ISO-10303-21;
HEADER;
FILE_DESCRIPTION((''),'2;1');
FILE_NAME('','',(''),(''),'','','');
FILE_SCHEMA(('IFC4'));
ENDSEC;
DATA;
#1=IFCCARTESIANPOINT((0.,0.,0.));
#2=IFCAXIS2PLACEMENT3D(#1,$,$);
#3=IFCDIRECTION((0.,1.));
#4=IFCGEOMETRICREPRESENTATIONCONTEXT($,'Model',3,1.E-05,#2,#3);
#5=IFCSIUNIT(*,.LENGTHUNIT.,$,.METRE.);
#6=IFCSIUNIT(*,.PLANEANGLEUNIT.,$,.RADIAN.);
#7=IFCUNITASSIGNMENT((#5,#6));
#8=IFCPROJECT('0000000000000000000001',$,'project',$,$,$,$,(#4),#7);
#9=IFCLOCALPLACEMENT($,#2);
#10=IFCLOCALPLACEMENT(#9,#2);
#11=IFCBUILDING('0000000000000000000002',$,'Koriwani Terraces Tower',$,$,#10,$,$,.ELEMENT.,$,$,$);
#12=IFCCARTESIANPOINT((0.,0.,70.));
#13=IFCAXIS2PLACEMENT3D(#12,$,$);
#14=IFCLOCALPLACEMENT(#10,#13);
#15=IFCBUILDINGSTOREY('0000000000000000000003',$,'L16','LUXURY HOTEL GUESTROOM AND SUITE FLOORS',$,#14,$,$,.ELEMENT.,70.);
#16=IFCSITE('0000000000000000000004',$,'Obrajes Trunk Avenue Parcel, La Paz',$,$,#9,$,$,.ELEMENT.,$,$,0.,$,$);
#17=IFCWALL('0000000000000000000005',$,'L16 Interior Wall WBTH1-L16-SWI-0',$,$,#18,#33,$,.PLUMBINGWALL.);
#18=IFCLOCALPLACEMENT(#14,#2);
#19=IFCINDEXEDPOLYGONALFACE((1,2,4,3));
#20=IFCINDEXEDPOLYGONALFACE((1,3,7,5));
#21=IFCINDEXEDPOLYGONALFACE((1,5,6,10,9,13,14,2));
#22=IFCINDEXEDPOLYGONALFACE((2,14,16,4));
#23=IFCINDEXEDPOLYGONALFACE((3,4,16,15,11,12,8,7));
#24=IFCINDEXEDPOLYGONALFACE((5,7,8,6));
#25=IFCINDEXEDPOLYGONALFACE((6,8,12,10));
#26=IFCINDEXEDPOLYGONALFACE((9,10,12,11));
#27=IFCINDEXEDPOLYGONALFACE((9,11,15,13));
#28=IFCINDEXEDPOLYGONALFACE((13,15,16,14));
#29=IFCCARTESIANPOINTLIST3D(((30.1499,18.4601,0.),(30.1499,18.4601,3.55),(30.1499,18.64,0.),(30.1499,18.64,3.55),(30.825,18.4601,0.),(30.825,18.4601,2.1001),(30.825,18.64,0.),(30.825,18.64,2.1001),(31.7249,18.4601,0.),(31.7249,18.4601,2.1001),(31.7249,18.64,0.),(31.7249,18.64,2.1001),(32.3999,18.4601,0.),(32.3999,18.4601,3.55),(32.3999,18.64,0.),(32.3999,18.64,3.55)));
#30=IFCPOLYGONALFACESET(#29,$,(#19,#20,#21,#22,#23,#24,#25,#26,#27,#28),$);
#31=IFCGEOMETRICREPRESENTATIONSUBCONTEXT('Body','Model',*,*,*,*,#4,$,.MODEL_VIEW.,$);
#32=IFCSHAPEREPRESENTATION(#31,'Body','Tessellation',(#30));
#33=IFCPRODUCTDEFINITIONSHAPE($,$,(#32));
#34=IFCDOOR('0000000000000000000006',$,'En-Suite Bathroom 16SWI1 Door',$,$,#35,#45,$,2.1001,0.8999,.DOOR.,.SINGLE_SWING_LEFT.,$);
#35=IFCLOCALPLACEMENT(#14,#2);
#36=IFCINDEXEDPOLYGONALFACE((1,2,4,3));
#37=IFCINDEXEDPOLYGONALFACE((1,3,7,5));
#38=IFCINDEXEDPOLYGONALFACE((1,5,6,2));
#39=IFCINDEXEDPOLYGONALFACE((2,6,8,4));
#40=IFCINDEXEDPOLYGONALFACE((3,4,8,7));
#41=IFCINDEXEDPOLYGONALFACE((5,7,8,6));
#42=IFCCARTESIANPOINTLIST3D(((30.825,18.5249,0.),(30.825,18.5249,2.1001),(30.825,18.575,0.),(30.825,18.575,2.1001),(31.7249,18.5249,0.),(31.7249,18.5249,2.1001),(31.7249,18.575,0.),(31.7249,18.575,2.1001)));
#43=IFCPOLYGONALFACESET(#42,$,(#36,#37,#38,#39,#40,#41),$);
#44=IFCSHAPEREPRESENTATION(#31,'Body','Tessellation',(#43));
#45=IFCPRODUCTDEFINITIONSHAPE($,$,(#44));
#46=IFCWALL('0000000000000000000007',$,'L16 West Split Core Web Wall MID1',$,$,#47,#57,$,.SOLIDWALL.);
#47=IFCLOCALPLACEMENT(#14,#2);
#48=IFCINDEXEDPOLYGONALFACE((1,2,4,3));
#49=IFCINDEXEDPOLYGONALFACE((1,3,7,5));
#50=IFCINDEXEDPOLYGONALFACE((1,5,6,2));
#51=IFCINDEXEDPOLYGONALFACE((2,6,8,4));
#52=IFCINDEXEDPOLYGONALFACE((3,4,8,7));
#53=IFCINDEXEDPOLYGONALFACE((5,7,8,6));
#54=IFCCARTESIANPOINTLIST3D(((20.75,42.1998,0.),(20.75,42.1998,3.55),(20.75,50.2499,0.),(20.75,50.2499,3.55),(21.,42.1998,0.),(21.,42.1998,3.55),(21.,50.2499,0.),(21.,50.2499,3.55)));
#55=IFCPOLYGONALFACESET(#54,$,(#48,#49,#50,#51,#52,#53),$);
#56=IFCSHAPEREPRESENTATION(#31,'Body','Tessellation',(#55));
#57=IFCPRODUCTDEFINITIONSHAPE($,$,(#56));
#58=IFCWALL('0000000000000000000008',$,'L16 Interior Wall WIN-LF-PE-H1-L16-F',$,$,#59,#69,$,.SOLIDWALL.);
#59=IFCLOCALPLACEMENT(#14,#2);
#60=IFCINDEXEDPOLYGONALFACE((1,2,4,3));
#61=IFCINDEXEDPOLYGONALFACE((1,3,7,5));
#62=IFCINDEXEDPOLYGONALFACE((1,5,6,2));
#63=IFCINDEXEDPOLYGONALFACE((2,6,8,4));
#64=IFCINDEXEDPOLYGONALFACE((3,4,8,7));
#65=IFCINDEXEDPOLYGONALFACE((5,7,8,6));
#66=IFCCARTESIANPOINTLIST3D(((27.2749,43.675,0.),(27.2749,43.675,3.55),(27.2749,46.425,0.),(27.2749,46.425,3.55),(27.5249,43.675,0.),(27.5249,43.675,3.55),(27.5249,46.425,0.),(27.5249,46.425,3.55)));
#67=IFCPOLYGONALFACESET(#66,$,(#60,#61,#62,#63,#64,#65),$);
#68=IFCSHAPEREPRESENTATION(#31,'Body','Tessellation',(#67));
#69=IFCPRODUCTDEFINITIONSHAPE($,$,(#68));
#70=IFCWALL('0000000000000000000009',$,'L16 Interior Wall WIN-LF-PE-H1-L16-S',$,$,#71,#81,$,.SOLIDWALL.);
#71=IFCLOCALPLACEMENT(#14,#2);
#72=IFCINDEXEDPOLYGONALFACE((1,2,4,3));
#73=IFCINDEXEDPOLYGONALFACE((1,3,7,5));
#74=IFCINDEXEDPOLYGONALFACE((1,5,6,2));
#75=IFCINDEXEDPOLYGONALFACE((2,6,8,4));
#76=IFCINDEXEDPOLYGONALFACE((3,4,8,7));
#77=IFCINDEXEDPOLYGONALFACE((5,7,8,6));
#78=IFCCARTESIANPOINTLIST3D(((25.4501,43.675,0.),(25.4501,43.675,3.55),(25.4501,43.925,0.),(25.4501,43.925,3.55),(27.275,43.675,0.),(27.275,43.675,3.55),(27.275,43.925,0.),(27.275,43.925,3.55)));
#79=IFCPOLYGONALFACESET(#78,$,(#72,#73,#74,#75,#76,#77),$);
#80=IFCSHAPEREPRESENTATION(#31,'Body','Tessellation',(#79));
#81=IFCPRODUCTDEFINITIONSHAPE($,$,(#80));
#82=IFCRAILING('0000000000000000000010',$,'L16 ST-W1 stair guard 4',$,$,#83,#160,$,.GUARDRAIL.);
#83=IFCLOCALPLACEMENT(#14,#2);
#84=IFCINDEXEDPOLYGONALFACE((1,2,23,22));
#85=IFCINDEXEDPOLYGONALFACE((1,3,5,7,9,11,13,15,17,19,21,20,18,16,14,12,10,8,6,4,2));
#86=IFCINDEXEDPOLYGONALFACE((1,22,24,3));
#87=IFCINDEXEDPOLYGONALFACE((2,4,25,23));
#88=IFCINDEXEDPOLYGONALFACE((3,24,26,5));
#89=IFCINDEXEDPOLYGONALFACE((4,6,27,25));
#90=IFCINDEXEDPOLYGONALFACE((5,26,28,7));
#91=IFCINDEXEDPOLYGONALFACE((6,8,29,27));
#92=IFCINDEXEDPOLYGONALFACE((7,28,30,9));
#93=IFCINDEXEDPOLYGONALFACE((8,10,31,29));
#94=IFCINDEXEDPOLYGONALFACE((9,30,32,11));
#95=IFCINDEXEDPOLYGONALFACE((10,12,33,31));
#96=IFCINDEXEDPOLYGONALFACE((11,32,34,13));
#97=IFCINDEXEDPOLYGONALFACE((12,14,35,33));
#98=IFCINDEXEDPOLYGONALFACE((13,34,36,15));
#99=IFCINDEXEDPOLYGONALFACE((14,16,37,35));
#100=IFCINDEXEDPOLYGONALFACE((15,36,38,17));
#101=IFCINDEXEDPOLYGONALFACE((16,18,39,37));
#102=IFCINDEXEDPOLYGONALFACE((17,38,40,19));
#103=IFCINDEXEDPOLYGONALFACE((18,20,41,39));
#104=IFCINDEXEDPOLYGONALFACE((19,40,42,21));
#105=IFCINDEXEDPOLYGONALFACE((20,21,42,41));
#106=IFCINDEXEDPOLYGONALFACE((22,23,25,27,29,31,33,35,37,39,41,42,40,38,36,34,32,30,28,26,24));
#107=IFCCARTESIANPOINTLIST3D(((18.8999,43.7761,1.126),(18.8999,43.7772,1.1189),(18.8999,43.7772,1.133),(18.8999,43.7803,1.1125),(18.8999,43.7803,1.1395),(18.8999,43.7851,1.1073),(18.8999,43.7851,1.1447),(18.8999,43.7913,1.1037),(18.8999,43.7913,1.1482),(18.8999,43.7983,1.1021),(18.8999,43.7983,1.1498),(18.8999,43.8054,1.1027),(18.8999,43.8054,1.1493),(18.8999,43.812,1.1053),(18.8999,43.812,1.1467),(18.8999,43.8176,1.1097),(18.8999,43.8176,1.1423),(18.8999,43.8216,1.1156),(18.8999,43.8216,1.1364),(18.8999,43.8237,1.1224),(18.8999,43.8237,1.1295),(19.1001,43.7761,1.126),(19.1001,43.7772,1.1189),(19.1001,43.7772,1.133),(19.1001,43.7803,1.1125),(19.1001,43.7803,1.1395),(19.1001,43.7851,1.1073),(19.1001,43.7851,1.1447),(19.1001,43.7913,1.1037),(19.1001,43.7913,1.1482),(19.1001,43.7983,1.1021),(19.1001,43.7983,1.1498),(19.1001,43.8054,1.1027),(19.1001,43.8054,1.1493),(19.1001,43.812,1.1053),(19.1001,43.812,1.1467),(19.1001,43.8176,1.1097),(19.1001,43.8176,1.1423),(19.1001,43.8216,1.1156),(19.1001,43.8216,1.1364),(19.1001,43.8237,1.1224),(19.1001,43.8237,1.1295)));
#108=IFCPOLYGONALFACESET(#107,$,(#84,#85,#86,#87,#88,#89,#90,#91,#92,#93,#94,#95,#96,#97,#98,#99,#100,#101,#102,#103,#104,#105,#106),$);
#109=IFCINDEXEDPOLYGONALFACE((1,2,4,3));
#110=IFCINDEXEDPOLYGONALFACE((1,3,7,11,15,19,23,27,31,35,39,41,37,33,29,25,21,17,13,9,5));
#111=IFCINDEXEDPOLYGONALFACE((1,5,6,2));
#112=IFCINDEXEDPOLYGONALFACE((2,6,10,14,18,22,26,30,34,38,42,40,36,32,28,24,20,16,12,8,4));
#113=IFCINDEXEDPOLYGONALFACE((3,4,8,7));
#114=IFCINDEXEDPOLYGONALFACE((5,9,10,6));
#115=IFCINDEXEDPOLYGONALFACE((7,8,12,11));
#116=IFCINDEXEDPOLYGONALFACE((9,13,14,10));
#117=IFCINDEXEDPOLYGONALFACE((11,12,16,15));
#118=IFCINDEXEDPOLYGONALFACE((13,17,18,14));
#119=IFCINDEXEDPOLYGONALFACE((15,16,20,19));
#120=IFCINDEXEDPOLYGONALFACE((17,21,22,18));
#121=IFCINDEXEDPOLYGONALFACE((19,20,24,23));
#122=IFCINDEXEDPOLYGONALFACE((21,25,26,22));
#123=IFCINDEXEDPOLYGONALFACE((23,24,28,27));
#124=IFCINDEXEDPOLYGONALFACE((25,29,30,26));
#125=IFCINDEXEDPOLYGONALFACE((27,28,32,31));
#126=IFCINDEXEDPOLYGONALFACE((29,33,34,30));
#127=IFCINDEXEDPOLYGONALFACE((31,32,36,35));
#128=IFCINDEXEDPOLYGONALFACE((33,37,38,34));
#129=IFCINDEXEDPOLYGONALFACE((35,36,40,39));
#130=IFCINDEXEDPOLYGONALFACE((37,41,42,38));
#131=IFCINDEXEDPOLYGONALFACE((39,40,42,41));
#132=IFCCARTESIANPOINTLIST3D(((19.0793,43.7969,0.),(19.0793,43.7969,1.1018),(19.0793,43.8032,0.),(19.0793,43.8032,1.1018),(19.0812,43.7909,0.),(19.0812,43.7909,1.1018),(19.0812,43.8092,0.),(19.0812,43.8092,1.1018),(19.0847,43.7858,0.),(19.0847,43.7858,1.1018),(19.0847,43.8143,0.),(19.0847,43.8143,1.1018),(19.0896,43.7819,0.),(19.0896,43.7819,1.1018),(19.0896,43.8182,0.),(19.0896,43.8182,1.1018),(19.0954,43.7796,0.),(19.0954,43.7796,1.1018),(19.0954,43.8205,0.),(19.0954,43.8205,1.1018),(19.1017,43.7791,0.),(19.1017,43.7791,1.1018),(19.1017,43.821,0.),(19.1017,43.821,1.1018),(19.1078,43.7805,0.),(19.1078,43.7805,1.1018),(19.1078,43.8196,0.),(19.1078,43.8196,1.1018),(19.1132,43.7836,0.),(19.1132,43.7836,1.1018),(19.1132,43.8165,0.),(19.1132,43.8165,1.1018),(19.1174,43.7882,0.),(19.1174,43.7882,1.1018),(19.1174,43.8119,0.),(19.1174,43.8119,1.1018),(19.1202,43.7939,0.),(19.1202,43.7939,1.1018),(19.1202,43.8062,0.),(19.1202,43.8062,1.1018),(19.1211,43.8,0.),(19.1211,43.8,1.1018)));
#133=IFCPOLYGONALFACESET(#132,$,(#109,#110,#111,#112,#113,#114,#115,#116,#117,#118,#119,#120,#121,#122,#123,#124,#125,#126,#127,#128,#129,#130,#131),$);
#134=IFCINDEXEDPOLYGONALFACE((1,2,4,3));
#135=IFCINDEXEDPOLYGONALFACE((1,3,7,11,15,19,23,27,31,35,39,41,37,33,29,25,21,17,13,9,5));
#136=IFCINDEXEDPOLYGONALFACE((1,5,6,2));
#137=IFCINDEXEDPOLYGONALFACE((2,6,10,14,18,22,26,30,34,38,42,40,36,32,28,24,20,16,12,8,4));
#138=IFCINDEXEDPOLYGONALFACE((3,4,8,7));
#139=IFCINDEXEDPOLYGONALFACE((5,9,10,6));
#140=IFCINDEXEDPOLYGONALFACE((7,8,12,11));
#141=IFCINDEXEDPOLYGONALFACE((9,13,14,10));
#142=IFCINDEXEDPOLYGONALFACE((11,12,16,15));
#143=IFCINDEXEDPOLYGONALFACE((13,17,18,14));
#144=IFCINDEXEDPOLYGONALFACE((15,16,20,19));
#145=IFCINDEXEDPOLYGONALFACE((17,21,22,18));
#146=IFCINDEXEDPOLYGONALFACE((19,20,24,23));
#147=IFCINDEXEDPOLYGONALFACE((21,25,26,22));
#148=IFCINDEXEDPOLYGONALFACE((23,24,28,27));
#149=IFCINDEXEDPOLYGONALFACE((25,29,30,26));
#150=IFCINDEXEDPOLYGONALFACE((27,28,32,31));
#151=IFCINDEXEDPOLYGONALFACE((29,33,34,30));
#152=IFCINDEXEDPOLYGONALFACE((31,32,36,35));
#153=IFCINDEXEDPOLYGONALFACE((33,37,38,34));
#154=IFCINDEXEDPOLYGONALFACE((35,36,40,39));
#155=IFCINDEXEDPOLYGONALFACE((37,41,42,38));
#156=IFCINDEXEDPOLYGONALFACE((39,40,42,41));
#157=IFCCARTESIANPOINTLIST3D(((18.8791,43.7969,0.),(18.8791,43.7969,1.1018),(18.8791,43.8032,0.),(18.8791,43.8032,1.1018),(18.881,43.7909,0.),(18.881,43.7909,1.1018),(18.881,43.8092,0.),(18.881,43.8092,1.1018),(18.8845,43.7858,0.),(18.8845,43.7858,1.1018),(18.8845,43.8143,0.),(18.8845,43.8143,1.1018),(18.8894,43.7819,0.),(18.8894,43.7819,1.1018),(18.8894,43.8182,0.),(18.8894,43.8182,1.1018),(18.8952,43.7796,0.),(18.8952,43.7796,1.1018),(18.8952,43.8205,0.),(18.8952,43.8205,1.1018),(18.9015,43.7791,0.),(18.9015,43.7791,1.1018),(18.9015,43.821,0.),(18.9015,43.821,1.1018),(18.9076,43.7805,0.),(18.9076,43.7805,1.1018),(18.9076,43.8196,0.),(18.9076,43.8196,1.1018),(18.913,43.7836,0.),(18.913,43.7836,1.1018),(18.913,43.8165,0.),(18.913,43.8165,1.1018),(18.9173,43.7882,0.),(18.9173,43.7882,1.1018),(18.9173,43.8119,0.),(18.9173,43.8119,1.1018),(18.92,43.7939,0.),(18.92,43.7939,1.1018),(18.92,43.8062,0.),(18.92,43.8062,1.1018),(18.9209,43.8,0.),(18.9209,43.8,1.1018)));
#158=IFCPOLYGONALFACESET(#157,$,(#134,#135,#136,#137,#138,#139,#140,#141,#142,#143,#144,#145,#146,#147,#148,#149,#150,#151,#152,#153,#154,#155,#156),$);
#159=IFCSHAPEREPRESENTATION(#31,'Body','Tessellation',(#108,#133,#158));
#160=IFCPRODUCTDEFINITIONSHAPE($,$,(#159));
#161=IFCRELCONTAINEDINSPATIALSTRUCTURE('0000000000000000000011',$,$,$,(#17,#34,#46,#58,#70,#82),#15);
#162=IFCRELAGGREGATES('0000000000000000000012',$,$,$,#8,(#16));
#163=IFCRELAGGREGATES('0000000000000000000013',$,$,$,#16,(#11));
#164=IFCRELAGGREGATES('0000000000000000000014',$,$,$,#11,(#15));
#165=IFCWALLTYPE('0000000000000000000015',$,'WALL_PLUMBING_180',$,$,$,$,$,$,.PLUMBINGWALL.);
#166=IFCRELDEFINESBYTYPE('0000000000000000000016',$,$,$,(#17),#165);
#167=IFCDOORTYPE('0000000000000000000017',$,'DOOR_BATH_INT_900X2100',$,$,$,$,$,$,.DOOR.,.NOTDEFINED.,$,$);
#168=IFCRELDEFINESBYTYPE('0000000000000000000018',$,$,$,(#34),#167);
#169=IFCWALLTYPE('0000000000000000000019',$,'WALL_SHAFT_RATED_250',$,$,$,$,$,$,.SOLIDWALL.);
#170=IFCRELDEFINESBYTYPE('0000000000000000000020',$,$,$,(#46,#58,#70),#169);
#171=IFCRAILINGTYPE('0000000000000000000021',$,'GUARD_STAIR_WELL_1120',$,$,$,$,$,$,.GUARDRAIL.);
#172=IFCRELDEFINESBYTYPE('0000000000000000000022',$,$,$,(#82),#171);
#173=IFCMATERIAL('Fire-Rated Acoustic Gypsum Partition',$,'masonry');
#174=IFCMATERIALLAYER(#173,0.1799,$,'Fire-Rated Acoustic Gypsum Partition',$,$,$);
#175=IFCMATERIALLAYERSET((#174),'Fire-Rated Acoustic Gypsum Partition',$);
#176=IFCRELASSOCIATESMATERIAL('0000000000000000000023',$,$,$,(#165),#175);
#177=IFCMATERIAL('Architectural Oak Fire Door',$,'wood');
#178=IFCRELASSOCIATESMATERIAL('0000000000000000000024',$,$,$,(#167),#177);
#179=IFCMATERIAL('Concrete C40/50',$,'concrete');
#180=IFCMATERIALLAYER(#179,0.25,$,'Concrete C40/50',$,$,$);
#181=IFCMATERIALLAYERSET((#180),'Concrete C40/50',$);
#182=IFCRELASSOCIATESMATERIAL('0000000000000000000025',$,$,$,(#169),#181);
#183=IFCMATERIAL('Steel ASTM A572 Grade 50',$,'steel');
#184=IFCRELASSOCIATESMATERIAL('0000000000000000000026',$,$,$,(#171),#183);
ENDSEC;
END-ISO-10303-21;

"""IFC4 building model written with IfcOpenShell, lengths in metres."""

from ifc_helpers import new_model, si_unit, direction, frame, frame_2d, origin, origin_2d, place, context, subcontext, project, spatial, rectangle, circle, extrude, material, layer, layer_set, type_object, element, fill, save


model = new_model("IFC4")

# Units and contexts
model_context = context("Model", 3, precision=1e-05, world=origin(), true_north=direction((0.0, 1.0)))
body_context = subcontext(model_context, "Body", "Model", "MODEL_VIEW")
ifc_project = project(units=[si_unit("LENGTHUNIT", "METRE"), si_unit("PLANEANGLEUNIT", "RADIAN")], contexts=[model_context])

# Site, building, storey
site_placement = place(None, origin())
site = spatial("IfcSite", under=ifc_project, at=site_placement, Name="Obrajes Trunk Avenue Parcel, La Paz", CompositionType="ELEMENT", RefElevation=0.0)
building_placement = place(site_placement, origin())
building = spatial("IfcBuilding", under=site, at=building_placement, Name="Koriwani Terraces Tower", CompositionType="ELEMENT")
storey_placement = place(building_placement, frame((0.0, 0.0, 70.0)))
storey = spatial("IfcBuildingStorey", under=building, at=storey_placement, Name="L16", Description="LUXURY HOTEL GUESTROOM AND SUITE FLOORS", CompositionType="ELEMENT", Elevation=70.0)

# Shared definitions
ifc_material_1 = material(Name="Concrete C40/50", Category="concrete")
ifc_material_2 = material(Name="Steel ASTM A572 Grade 50", Category="steel")

# Wall, opening, door
ifc_material_3 = material(Name="Fire-Rated Acoustic Gypsum Partition", Category="masonry")
ifc_layer_1 = layer(ifc_material_3, 0.1799, Name="Fire-Rated Acoustic Gypsum Partition")
ifc_layer_set_1 = layer_set([ifc_layer_1], Name="Fire-Rated Acoustic Gypsum Partition")
wall_type_1 = type_object("IfcWallType", Name="WALL_PLUMBING_180", PredefinedType="PLUMBINGWALL", material=ifc_layer_set_1)
wall_1_placement = place(storey_placement, frame((30.1499, 18.55, 0.0), z_axis=(0.0, 0.0, 1.0), x_axis=(1.0, 0.0, 0.0)))
wall_1 = element("IfcWall", 1, at=wall_1_placement, inside=storey, type_object=wall_type_1, Name="L16 Interior Wall WBTH1-L16-SWI-0", PredefinedType="PLUMBINGWALL", context=body_context, shape_type="SweptSolid", body=[
    extrude(rectangle(XDim=2.25, YDim=0.1799, at=frame_2d((1.125, 0.0))), origin(), (0.0, 0.0, 1.0), 3.55),
])
opening_1_placement = place(wall_1_placement, frame((0.675, 0.0, 0.0)))
opening_1 = element("IfcOpeningElement", 2, at=opening_1_placement, cuts=wall_1, PredefinedType="OPENING", context=body_context, shape_type="SweptSolid", body=[
    extrude(rectangle(XDim=0.8999, YDim=2.1001, at=frame_2d((0.45, 1.05))), frame((0.0, 0.1001, 0.0), z_axis=(0.0, -1.0, 0.0), x_axis=(1.0, 0.0, 0.0)), (0.0, 0.0, 1.0), 0.2),
])
ifc_material_4 = material(Name="Architectural Oak Fire Door", Category="wood")
door_type_1 = type_object("IfcDoorType", Name="DOOR_BATH_INT_900X2100", OperationType="NOTDEFINED", PredefinedType="DOOR", material=ifc_material_4)
door_1_placement = place(opening_1_placement, origin())
door_1 = element("IfcDoor", 3, at=door_1_placement, inside=storey, type_object=door_type_1, Name="En-Suite Bathroom 16SWI1 Door", OperationType="SINGLE_SWING_LEFT", OverallHeight=2.1001, OverallWidth=0.8999, PredefinedType="DOOR", context=body_context, shape_type="SweptSolid", body=[
    extrude(rectangle(XDim=0.8999, YDim=2.1001, at=frame_2d((0.45, 1.05))), frame((0.0, 0.0249, 0.0), z_axis=(0.0, -1.0, 0.0), x_axis=(1.0, 0.0, 0.0)), (0.0, 0.0, 1.0), 0.05),
])
fill(opening_1, door_1)

# Wall
ifc_layer_2 = layer(ifc_material_1, 0.25, Name="Concrete C40/50")
ifc_layer_set_2 = layer_set([ifc_layer_2], Name="Concrete C40/50")
wall_type_2 = type_object("IfcWallType", Name="WALL_SHAFT_RATED_250", PredefinedType="SOLIDWALL", material=ifc_layer_set_2)
wall_2_placement = place(storey_placement, frame((20.875, 42.2, 0.0), z_axis=(0.0, 0.0, 1.0), x_axis=(0.0, 1.0, 0.0)))
element("IfcWall", 4, at=wall_2_placement, inside=storey, type_object=wall_type_2, Name="L16 West Split Core Web Wall MID1", PredefinedType="SOLIDWALL", context=body_context, shape_type="SweptSolid", body=[
    extrude(rectangle(XDim=8.05, YDim=0.25, at=frame_2d((4.0249, 0.0))), origin(), (0.0, 0.0, 1.0), 3.55),
])

# Walls
wall_3_placement = place(storey_placement, frame((27.3999, 43.675, 0.0), z_axis=(0.0, 0.0, 1.0), x_axis=(0.0, 1.0, 0.0)))
element("IfcWall", 5, at=wall_3_placement, inside=storey, type_object=wall_type_2, Name="L16 Interior Wall WIN-LF-PE-H1-L16-F", PredefinedType="SOLIDWALL", context=body_context, shape_type="SweptSolid", body=[
    extrude(rectangle(XDim=2.75, YDim=0.25, at=frame_2d((1.375, 0.0))), origin(), (0.0, 0.0, 1.0), 3.55),
])
wall_4_placement = place(storey_placement, frame((25.45, 43.8, 0.0), z_axis=(0.0, 0.0, 1.0), x_axis=(1.0, 0.0, 0.0)))
element("IfcWall", 6, at=wall_4_placement, inside=storey, type_object=wall_type_2, Name="L16 Interior Wall WIN-LF-PE-H1-L16-S", PredefinedType="SOLIDWALL", context=body_context, shape_type="SweptSolid", body=[
    extrude(rectangle(XDim=1.825, YDim=0.25, at=frame_2d((0.9126, 0.0))), origin(), (0.0, 0.0, 1.0), 3.55),
])

# Railing
railing_type = type_object("IfcRailingType", Name="GUARD_STAIR_WELL_1120", PredefinedType="GUARDRAIL", material=ifc_material_2)
railing_placement = place(storey_placement, frame((19.1001, 43.8, 0.0)))
element("IfcRailing", 7, at=railing_placement, inside=storey, type_object=railing_type, Name="L16 ST-W1 stair guard 4", PredefinedType="GUARDRAIL", context=body_context, shape_type="SweptSolid", body=[
    extrude(circle(Radius=0.0239, at=origin_2d()), frame((0.0, 0.0, 1.126), z_axis=(-1.0, 0.0, 0.0), x_axis=(0.0, -1.0, 0.0)), (0.0, 0.0, 1.0), 0.2002),
    extrude(circle(Radius=0.021, at=origin_2d()), origin(), (0.0, 0.0, 1.0), 1.1018),
    extrude(circle(Radius=0.021, at=origin_2d()), frame((-0.2002, 0.0, 0.0)), (0.0, 0.0, 1.0), 1.1018),
])

save(model, "model.ifc")
